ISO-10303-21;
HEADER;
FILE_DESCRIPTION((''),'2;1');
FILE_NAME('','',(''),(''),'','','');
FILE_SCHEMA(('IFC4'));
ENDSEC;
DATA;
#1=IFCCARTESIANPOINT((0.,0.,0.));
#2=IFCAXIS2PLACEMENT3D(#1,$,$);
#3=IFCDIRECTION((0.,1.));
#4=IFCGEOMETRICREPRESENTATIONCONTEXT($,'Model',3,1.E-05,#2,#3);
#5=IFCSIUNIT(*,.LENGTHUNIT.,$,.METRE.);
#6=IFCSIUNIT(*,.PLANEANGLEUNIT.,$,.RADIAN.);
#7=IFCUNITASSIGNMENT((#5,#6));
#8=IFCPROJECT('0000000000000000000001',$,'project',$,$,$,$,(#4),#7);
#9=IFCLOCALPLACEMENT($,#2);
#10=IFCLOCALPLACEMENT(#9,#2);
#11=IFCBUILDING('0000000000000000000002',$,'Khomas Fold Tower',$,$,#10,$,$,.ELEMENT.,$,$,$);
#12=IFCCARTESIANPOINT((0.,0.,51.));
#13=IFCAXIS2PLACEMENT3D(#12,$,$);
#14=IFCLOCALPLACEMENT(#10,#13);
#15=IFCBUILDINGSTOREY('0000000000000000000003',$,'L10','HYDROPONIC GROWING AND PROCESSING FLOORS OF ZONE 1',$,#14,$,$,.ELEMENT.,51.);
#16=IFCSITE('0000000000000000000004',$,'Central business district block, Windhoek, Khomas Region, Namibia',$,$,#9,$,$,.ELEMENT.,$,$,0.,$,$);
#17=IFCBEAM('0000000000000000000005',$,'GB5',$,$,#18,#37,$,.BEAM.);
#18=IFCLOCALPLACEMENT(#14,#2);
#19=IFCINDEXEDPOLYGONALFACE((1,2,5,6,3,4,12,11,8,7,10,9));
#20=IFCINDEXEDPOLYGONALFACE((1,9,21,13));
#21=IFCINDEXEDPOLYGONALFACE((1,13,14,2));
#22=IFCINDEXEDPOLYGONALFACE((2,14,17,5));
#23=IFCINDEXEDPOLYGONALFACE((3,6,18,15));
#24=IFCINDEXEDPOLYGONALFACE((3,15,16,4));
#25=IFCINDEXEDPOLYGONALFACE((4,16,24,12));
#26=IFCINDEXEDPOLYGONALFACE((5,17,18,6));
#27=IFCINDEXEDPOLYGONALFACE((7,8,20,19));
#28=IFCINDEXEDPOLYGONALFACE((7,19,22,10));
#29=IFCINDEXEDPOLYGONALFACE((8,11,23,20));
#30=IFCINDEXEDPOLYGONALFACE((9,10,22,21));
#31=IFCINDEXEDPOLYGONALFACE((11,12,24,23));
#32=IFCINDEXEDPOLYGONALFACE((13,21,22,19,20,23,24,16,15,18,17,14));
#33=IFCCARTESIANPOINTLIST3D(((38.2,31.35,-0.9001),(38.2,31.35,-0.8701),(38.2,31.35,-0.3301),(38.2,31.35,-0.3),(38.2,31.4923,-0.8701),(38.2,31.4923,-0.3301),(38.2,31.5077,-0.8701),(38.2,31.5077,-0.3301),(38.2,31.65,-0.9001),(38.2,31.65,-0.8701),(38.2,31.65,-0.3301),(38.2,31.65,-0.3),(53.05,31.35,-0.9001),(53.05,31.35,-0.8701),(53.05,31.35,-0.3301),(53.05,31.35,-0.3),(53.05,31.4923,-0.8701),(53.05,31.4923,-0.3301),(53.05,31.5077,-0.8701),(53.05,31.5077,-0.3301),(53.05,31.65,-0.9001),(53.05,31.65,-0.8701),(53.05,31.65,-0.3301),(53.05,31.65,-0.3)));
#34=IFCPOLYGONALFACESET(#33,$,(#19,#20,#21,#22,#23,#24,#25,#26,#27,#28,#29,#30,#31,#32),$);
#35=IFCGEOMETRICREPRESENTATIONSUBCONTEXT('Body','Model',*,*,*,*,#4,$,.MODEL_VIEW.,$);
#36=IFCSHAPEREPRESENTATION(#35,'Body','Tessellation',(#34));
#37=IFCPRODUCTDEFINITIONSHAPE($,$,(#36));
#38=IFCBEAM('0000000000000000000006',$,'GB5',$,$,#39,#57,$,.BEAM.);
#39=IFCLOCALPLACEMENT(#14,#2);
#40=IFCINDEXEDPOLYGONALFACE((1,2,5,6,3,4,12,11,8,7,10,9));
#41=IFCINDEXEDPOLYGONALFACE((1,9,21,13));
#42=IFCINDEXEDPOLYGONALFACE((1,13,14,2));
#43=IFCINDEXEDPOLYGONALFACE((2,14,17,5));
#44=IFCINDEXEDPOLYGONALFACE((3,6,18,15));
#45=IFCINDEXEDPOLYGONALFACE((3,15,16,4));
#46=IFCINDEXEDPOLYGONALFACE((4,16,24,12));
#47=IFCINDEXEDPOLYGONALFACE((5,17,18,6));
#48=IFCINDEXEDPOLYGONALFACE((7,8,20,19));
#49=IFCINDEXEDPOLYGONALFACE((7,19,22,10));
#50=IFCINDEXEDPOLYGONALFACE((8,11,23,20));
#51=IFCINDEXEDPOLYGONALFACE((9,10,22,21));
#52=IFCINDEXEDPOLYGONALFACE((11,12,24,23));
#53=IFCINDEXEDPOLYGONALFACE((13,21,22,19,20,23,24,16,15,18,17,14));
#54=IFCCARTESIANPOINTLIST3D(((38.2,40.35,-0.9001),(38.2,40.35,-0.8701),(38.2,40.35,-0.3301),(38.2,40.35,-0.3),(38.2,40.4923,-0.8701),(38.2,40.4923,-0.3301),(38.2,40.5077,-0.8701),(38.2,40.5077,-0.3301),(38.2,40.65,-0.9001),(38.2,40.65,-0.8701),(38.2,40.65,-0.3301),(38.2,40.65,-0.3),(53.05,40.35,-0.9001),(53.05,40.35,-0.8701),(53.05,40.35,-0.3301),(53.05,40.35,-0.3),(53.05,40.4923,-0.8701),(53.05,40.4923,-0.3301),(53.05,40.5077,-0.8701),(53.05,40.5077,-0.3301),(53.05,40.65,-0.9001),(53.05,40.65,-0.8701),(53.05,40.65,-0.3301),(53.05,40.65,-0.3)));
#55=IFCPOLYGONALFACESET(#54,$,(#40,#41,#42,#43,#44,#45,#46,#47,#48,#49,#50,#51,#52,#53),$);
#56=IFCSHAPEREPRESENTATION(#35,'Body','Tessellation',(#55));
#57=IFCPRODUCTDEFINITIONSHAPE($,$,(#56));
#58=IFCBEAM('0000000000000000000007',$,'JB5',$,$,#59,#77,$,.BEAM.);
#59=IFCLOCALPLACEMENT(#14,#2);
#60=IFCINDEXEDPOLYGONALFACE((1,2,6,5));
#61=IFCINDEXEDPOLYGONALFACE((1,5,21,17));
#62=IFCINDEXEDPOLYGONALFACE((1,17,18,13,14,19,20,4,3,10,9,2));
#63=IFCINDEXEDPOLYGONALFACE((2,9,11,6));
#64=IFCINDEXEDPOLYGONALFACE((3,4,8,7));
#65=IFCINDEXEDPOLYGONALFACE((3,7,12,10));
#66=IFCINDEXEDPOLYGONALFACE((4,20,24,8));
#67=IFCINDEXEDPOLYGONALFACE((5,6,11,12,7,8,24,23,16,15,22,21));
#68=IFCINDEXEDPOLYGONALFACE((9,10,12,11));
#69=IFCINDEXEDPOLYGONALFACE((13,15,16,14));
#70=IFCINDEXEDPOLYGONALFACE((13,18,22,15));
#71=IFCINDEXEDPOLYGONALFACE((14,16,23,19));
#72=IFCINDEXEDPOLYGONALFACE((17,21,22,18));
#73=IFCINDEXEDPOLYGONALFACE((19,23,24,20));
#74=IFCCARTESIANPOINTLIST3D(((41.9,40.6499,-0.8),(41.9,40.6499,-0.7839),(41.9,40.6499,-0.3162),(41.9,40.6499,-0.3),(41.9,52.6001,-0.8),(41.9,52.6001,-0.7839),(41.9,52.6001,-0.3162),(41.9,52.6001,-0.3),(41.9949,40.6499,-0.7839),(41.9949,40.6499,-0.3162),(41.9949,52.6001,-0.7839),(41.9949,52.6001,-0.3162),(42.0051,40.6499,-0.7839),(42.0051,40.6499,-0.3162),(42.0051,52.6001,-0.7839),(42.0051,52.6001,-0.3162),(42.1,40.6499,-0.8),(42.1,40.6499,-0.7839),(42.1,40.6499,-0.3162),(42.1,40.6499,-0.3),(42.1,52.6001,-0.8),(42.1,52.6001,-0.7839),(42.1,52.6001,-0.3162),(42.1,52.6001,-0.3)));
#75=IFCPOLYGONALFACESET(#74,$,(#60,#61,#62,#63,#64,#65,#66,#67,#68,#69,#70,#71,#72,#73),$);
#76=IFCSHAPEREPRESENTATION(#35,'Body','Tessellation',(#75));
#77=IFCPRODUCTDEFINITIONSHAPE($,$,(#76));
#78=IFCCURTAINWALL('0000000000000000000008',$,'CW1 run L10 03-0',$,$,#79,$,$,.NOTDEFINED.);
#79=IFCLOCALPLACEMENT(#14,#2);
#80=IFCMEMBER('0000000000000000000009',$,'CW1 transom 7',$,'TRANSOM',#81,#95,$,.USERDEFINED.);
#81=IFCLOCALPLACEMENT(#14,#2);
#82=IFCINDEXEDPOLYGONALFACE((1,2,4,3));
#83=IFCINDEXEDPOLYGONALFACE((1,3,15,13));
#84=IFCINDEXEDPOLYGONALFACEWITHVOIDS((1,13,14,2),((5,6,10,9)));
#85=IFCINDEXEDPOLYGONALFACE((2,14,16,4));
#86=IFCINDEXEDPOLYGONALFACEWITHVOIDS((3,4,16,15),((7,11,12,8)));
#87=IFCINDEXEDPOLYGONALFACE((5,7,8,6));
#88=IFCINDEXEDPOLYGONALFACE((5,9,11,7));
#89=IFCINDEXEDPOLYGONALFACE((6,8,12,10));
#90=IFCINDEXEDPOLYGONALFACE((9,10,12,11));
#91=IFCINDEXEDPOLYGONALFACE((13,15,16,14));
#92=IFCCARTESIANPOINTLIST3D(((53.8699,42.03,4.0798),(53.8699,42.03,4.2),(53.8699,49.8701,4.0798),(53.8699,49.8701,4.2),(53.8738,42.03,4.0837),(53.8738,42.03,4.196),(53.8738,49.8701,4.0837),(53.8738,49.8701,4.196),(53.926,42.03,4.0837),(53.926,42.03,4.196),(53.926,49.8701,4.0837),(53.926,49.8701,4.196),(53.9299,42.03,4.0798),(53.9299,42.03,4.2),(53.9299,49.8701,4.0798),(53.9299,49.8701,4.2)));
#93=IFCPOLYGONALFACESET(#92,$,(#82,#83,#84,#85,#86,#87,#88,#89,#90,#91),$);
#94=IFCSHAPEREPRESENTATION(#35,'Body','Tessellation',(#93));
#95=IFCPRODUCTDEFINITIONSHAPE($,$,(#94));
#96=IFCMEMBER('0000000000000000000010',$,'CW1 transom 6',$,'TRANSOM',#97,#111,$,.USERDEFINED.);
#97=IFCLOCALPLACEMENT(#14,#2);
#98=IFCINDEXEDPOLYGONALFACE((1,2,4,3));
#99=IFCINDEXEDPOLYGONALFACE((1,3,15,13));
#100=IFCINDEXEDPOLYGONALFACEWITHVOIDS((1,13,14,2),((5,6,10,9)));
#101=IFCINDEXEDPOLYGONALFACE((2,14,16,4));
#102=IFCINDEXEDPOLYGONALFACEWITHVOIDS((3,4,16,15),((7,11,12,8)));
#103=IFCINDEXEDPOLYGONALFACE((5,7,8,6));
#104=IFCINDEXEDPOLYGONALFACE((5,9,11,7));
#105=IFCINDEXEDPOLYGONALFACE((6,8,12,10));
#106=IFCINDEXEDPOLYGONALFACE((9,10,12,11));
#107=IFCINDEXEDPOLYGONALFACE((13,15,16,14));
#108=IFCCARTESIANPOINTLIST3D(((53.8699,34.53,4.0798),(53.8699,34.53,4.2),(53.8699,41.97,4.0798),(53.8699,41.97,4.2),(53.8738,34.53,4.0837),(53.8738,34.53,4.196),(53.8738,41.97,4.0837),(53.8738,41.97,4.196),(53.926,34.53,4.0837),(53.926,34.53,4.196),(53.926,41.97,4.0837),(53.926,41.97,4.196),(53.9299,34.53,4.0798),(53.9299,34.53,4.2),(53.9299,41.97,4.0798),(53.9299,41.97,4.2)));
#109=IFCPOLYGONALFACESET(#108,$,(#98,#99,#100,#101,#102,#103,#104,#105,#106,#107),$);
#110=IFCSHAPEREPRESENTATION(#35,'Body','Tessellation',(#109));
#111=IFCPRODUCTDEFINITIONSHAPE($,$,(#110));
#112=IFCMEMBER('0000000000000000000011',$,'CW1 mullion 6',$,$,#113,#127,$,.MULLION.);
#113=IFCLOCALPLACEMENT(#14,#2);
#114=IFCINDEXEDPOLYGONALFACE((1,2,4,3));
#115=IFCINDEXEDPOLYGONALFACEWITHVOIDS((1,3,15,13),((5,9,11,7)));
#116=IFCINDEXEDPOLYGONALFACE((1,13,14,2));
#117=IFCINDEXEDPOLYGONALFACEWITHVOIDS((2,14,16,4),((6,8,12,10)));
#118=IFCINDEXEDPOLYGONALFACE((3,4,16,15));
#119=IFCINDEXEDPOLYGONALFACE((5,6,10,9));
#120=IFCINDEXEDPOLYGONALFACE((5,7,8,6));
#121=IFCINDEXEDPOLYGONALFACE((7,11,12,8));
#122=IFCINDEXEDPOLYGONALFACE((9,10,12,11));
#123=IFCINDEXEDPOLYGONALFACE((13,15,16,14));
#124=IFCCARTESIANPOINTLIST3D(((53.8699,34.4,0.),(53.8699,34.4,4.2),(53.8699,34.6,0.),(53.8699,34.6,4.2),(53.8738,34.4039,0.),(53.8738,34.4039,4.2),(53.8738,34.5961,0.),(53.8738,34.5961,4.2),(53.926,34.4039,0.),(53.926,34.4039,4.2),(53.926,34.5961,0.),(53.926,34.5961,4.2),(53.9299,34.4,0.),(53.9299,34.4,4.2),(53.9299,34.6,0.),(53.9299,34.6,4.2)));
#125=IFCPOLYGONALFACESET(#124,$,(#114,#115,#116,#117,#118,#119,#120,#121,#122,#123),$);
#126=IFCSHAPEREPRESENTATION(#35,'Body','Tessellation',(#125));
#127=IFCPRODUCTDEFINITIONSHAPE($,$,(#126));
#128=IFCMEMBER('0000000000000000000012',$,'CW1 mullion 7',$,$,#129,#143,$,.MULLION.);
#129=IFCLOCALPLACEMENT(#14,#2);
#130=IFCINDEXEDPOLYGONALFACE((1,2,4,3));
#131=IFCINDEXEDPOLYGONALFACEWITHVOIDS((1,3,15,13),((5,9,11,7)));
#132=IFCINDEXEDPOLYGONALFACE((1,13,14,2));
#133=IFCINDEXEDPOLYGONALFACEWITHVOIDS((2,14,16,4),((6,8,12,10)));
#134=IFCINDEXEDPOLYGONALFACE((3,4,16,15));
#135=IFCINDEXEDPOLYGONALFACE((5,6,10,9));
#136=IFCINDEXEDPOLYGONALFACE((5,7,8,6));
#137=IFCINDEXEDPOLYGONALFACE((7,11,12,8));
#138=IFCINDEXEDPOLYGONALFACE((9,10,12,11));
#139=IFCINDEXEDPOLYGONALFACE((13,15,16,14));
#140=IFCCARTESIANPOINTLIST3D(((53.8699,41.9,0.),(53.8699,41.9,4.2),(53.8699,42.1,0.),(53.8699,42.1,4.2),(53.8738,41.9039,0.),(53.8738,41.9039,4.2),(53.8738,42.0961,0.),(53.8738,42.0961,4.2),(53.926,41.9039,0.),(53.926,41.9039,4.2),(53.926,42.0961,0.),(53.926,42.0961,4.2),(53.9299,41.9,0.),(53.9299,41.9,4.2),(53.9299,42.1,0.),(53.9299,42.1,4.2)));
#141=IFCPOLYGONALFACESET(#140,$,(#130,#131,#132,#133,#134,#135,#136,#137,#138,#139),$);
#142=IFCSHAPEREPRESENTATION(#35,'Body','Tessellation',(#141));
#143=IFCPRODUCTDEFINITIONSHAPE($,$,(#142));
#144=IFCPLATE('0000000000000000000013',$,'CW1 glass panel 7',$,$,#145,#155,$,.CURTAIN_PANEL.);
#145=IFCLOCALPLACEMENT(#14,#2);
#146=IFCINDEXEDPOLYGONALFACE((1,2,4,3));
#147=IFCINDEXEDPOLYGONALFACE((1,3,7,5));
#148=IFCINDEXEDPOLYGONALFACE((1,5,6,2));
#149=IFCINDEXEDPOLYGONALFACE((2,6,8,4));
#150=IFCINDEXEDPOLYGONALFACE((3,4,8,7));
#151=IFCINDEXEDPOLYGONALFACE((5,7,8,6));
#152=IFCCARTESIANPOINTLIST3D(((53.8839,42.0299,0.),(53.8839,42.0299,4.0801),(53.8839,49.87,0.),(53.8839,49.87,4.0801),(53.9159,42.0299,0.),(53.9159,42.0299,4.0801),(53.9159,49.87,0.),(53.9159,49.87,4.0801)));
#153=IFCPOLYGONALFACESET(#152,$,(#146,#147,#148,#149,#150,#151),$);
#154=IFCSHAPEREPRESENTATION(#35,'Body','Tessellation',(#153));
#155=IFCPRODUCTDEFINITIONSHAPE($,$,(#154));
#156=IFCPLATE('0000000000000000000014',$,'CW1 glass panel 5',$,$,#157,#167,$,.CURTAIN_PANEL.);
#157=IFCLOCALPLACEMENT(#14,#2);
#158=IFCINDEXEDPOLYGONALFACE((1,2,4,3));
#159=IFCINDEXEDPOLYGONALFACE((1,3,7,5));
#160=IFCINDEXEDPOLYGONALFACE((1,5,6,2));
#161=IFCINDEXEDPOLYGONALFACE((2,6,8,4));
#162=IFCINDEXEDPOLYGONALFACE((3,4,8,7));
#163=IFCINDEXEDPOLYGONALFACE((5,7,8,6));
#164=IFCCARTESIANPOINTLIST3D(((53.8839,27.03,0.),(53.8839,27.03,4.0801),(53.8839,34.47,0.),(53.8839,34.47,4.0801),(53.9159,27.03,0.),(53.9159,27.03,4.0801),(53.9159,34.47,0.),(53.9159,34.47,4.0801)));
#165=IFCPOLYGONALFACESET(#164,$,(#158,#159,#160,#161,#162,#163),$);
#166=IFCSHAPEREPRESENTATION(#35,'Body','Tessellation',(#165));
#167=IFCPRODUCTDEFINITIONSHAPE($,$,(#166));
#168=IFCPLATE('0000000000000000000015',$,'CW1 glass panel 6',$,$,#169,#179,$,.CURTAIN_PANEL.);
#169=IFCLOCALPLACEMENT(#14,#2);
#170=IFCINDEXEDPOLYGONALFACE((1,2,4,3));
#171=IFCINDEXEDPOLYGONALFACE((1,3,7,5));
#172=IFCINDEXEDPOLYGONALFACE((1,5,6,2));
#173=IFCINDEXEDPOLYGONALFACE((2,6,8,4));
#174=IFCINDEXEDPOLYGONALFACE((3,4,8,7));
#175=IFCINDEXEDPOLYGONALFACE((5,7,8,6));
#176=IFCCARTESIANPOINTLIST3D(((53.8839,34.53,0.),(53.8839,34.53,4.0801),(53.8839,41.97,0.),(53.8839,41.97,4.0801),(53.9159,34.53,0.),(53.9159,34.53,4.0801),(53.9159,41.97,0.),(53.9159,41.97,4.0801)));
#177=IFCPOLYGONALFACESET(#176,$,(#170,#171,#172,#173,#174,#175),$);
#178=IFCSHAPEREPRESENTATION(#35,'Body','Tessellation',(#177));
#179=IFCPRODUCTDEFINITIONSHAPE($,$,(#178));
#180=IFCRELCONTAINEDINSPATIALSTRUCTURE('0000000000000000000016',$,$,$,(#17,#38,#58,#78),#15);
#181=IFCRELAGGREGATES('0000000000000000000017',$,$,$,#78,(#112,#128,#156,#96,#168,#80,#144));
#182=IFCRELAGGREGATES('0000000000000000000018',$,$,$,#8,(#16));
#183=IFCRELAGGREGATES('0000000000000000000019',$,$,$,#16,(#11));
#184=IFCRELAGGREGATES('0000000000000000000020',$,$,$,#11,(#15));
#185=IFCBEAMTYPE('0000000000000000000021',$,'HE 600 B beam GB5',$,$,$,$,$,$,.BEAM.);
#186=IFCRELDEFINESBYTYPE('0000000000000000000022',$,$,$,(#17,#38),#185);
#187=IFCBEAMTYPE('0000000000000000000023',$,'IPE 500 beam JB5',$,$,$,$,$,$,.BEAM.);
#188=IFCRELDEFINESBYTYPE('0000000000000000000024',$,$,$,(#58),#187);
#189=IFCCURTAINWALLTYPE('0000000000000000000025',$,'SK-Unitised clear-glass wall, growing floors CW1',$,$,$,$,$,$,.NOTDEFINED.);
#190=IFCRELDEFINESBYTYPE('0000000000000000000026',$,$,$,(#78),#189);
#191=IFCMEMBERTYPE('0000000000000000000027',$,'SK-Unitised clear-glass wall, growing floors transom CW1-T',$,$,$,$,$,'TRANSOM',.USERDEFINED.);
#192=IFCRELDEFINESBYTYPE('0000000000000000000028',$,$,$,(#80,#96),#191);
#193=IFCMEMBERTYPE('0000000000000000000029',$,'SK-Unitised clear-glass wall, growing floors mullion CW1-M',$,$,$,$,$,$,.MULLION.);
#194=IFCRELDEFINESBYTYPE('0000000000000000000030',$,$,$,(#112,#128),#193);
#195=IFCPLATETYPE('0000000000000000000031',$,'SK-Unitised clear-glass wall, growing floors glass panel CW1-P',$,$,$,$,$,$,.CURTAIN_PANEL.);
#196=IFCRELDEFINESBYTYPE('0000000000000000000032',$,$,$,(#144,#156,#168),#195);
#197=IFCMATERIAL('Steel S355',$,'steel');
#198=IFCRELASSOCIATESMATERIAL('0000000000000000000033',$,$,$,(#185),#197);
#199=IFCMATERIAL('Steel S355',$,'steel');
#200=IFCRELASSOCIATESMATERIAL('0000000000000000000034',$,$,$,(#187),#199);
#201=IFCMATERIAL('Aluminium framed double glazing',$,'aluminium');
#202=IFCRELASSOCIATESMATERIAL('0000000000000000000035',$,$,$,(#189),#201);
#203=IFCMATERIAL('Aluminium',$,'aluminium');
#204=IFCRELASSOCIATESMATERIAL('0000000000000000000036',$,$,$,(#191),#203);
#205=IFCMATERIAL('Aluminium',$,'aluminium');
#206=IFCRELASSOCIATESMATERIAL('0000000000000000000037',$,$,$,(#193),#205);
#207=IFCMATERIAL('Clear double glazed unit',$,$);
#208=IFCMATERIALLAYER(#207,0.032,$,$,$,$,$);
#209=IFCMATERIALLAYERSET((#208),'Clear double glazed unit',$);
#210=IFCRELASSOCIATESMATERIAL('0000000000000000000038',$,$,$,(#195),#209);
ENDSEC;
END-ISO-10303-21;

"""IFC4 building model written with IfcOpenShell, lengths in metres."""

from ifc_helpers import new_model, si_unit, direction, frame, origin, origin_2d, place, context, subcontext, project, spatial, rectangle, hollow_rectangle, i_section, extrude, source, transform, mapped, material, layer, layer_set, material_profile, profile_set, type_object, element, aggregate, save


model = new_model("IFC4")

# Units and contexts
model_context = context("Model", 3, precision=1e-05, world=origin(), true_north=direction((0.0, 1.0)))
body_context = subcontext(model_context, "Body", "Model", "MODEL_VIEW")
ifc_project = project(units=[si_unit("LENGTHUNIT", "METRE"), si_unit("PLANEANGLEUNIT", "RADIAN")], contexts=[model_context])

# Site, building, storey
site_placement = place(None, origin())
site = spatial("IfcSite", under=ifc_project, at=site_placement, Name="Central business district block, Windhoek, Khomas Region, Namibia", CompositionType="ELEMENT", RefElevation=0.0)
building_placement = place(site_placement, origin())
building = spatial("IfcBuilding", under=site, at=building_placement, Name="Khomas Fold Tower", CompositionType="ELEMENT")
storey_placement = place(building_placement, frame((0.0, 0.0, 51.0)))
storey = spatial("IfcBuildingStorey", under=building, at=storey_placement, Name="L10", Description="HYDROPONIC GROWING AND PROCESSING FLOORS OF ZONE 1", CompositionType="ELEMENT", Elevation=51.0)

# Beams
ifc_material_1 = material(Name="Steel S355", Category="steel")
ifc_material_profile_1 = material_profile(ifc_material_1, i_section(OverallWidth=0.3, OverallDepth=0.6001, WebThickness=0.0154, FlangeThickness=0.03, at=origin_2d()), Name="HE 600 B")
ifc_profile_set_1 = profile_set([ifc_material_profile_1], Name="Steel S355")
beam_type_1 = type_object("IfcBeamType", Name="HE 600 B beam GB5", PredefinedType="BEAM", material=ifc_profile_set_1)
shared_shape_1 = source(origin(), body_context, "Body", "SweptSolid", [
    extrude(i_section(OverallWidth=0.3, OverallDepth=0.6001, WebThickness=0.0154, FlangeThickness=0.03, at=origin_2d()), origin(), (0.0, 0.0, 1.0), 14.8501),
])
for number, where, z_axis, x_axis, name in (
    (1, (38.2, 31.5, -0.6001), (1.0, 0.0, 0.0), (0.0, 1.0, 0.0), "GB5"),
    (2, (38.2, 40.5, -0.6001), (1.0, 0.0, 0.0), (0.0, 1.0, 0.0), "GB5"),
):
    element("IfcBeam", number, at=place(storey_placement, frame(where, z_axis=z_axis, x_axis=x_axis)), inside=storey, type_object=beam_type_1, Name=name, PredefinedType="BEAM", context=body_context, shape_type="MappedRepresentation", body=[
        mapped(shared_shape_1, transform((0.0, 0.0, 0.0))),
    ])
ifc_material_2 = material(Name="Steel S355", Category="steel")
ifc_material_profile_2 = material_profile(ifc_material_2, i_section(OverallWidth=0.2, OverallDepth=0.5, WebThickness=0.0103, FlangeThickness=0.0161, at=origin_2d()), Name="IPE 500")
ifc_profile_set_2 = profile_set([ifc_material_profile_2], Name="Steel S355")
beam_type_2 = type_object("IfcBeamType", Name="IPE 500 beam JB5", PredefinedType="BEAM", material=ifc_profile_set_2)
shared_shape_2 = source(origin(), body_context, "Body", "SweptSolid", [
    extrude(i_section(OverallWidth=0.2, OverallDepth=0.5, WebThickness=0.0103, FlangeThickness=0.0161, at=origin_2d()), origin(), (0.0, 0.0, 1.0), 11.9502),
])
beam_1_placement = place(storey_placement, frame((42.0, 40.6499, -0.55), z_axis=(0.0, 1.0, 0.0), x_axis=(-1.0, 0.0, 0.0)))
element("IfcBeam", 3, at=beam_1_placement, inside=storey, type_object=beam_type_2, Name="JB5", PredefinedType="BEAM", context=body_context, shape_type="MappedRepresentation", body=[
    mapped(shared_shape_2, transform((0.0, 0.0, 0.0))),
])

# Curtain wall, members, plates
ifc_material_3 = material(Name="Aluminium framed double glazing", Category="aluminium")
curtain_wall_type = type_object("IfcCurtainWallType", Name="SK-Unitised clear-glass wall, growing floors CW1", PredefinedType="NOTDEFINED", material=ifc_material_3)
curtain_wall_placement = place(storey_placement, origin())
curtain_wall = element("IfcCurtainWall", 4, at=curtain_wall_placement, inside=storey, type_object=curtain_wall_type, Name="CW1 run L10 03-0", PredefinedType="NOTDEFINED")
ifc_material_4 = material(Name="Aluminium", Category="aluminium")
ifc_material_profile_3 = material_profile(ifc_material_4, hollow_rectangle(XDim=0.0601, YDim=0.1201, WallThickness=0.0039, at=origin_2d()), Name="SK-Unitised clear-glass wall, growing floors transom CW1-T")
ifc_profile_set_3 = profile_set([ifc_material_profile_3], Name="Aluminium")
member_type_1 = type_object("IfcMemberType", Name="SK-Unitised clear-glass wall, growing floors transom CW1-T", ElementType="TRANSOM", PredefinedType="USERDEFINED", material=ifc_profile_set_3)
shared_shape_3 = source(origin(), body_context, "Body", "SweptSolid", [
    extrude(hollow_rectangle(XDim=0.0601, YDim=0.1201, WallThickness=0.0039, at=origin_2d()), origin(), (0.0, 0.0, 1.0), 7.8401),
])
member_1_placement = place(storey_placement, frame((53.8999, 42.03, 4.1399), z_axis=(0.0, 1.0, 0.0), x_axis=(-1.0, 0.0, 0.0)))
member_1 = element("IfcMember", 5, at=member_1_placement, type_object=member_type_1, Name="CW1 transom 7", ObjectType="TRANSOM", PredefinedType="USERDEFINED", context=body_context, shape_type="MappedRepresentation", body=[
    mapped(shared_shape_3, transform((0.0, 0.0, 0.0))),
])
shared_shape_4 = source(origin(), body_context, "Body", "SweptSolid", [
    extrude(hollow_rectangle(XDim=0.0601, YDim=0.1201, WallThickness=0.0039, at=origin_2d()), origin(), (0.0, 0.0, 1.0), 7.4399),
])
member_2_placement = place(storey_placement, frame((53.8999, 34.53, 4.1399), z_axis=(0.0, 1.0, 0.0), x_axis=(-1.0, 0.0, 0.0)))
member_2 = element("IfcMember", 6, at=member_2_placement, type_object=member_type_1, Name="CW1 transom 6", ObjectType="TRANSOM", PredefinedType="USERDEFINED", context=body_context, shape_type="MappedRepresentation", body=[
    mapped(shared_shape_4, transform((0.0, 0.0, 0.0))),
])
ifc_material_5 = material(Name="Aluminium", Category="aluminium")
ifc_material_profile_4 = material_profile(ifc_material_5, hollow_rectangle(XDim=0.0601, YDim=0.2, WallThickness=0.0039, at=origin_2d()), Name="SK-Unitised clear-glass wall, growing floors mullion CW1-M")
ifc_profile_set_4 = profile_set([ifc_material_profile_4], Name="Aluminium")
member_type_2 = type_object("IfcMemberType", Name="SK-Unitised clear-glass wall, growing floors mullion CW1-M", PredefinedType="MULLION", material=ifc_profile_set_4)
shared_shape_5 = source(origin(), body_context, "Body", "SweptSolid", [
    extrude(hollow_rectangle(XDim=0.0601, YDim=0.2, WallThickness=0.0039, at=origin_2d()), origin(), (0.0, 0.0, 1.0), 4.2),
])
member_3_placement = place(storey_placement, frame((53.8999, 34.5, 0.0), z_axis=(0.0, 0.0, 1.0), x_axis=(-1.0, 0.0, 0.0)))
member_3 = element("IfcMember", 7, at=member_3_placement, type_object=member_type_2, Name="CW1 mullion 6", PredefinedType="MULLION", context=body_context, shape_type="MappedRepresentation", body=[
    mapped(shared_shape_5, transform((0.0, 0.0, 0.0))),
])
member_4_placement = place(storey_placement, frame((53.8999, 42.0, 0.0), z_axis=(0.0, 0.0, 1.0), x_axis=(-1.0, 0.0, 0.0)))
member_4 = element("IfcMember", 8, at=member_4_placement, type_object=member_type_2, Name="CW1 mullion 7", PredefinedType="MULLION", context=body_context, shape_type="MappedRepresentation", body=[
    mapped(shared_shape_5, transform((0.0, 0.0, 0.0))),
])
ifc_material_6 = material(Name="Clear double glazed unit")
ifc_layer_1 = layer(ifc_material_6, 0.032)
ifc_layer_set_1 = layer_set([ifc_layer_1], Name="Clear double glazed unit")
plate_type = type_object("IfcPlateType", Name="SK-Unitised clear-glass wall, growing floors glass panel CW1-P", PredefinedType="CURTAIN_PANEL", material=ifc_layer_set_1)
shared_shape_6 = source(origin(), body_context, "Body", "SweptSolid", [
    extrude(rectangle(XDim=7.8401, YDim=0.032, at=origin_2d()), origin(), (0.0, 0.0, 1.0), 4.0801),
])
plate_1_placement = place(storey_placement, frame((53.8999, 45.95, 0.0), z_axis=(0.0, 0.0, 1.0), x_axis=(0.0, 1.0, 0.0)))
plate_1 = element("IfcPlate", 9, at=plate_1_placement, type_object=plate_type, Name="CW1 glass panel 7", PredefinedType="CURTAIN_PANEL", context=body_context, shape_type="MappedRepresentation", body=[
    mapped(shared_shape_6, transform((0.0, 0.0, 0.0))),
])
shared_shape_7 = source(origin(), body_context, "Body", "SweptSolid", [
    extrude(rectangle(XDim=7.4399, YDim=0.032, at=origin_2d()), origin(), (0.0, 0.0, 1.0), 4.0801),
])
plate_2_placement = place(storey_placement, frame((53.8999, 30.75, 0.0), z_axis=(0.0, 0.0, 1.0), x_axis=(0.0, 1.0, 0.0)))
plate_2 = element("IfcPlate", 10, at=plate_2_placement, type_object=plate_type, Name="CW1 glass panel 5", PredefinedType="CURTAIN_PANEL", context=body_context, shape_type="MappedRepresentation", body=[
    mapped(shared_shape_7, transform((0.0, 0.0, 0.0))),
])
plate_3_placement = place(storey_placement, frame((53.8999, 38.25, 0.0), z_axis=(0.0, 0.0, 1.0), x_axis=(0.0, 1.0, 0.0)))
plate_3 = element("IfcPlate", 11, at=plate_3_placement, type_object=plate_type, Name="CW1 glass panel 6", PredefinedType="CURTAIN_PANEL", context=body_context, shape_type="MappedRepresentation", body=[
    mapped(shared_shape_7, transform((0.0, 0.0, 0.0))),
])
aggregate(curtain_wall, [member_3, member_4, plate_2, member_2, plate_3, member_1, plate_1])

save(model, "model.ifc")
